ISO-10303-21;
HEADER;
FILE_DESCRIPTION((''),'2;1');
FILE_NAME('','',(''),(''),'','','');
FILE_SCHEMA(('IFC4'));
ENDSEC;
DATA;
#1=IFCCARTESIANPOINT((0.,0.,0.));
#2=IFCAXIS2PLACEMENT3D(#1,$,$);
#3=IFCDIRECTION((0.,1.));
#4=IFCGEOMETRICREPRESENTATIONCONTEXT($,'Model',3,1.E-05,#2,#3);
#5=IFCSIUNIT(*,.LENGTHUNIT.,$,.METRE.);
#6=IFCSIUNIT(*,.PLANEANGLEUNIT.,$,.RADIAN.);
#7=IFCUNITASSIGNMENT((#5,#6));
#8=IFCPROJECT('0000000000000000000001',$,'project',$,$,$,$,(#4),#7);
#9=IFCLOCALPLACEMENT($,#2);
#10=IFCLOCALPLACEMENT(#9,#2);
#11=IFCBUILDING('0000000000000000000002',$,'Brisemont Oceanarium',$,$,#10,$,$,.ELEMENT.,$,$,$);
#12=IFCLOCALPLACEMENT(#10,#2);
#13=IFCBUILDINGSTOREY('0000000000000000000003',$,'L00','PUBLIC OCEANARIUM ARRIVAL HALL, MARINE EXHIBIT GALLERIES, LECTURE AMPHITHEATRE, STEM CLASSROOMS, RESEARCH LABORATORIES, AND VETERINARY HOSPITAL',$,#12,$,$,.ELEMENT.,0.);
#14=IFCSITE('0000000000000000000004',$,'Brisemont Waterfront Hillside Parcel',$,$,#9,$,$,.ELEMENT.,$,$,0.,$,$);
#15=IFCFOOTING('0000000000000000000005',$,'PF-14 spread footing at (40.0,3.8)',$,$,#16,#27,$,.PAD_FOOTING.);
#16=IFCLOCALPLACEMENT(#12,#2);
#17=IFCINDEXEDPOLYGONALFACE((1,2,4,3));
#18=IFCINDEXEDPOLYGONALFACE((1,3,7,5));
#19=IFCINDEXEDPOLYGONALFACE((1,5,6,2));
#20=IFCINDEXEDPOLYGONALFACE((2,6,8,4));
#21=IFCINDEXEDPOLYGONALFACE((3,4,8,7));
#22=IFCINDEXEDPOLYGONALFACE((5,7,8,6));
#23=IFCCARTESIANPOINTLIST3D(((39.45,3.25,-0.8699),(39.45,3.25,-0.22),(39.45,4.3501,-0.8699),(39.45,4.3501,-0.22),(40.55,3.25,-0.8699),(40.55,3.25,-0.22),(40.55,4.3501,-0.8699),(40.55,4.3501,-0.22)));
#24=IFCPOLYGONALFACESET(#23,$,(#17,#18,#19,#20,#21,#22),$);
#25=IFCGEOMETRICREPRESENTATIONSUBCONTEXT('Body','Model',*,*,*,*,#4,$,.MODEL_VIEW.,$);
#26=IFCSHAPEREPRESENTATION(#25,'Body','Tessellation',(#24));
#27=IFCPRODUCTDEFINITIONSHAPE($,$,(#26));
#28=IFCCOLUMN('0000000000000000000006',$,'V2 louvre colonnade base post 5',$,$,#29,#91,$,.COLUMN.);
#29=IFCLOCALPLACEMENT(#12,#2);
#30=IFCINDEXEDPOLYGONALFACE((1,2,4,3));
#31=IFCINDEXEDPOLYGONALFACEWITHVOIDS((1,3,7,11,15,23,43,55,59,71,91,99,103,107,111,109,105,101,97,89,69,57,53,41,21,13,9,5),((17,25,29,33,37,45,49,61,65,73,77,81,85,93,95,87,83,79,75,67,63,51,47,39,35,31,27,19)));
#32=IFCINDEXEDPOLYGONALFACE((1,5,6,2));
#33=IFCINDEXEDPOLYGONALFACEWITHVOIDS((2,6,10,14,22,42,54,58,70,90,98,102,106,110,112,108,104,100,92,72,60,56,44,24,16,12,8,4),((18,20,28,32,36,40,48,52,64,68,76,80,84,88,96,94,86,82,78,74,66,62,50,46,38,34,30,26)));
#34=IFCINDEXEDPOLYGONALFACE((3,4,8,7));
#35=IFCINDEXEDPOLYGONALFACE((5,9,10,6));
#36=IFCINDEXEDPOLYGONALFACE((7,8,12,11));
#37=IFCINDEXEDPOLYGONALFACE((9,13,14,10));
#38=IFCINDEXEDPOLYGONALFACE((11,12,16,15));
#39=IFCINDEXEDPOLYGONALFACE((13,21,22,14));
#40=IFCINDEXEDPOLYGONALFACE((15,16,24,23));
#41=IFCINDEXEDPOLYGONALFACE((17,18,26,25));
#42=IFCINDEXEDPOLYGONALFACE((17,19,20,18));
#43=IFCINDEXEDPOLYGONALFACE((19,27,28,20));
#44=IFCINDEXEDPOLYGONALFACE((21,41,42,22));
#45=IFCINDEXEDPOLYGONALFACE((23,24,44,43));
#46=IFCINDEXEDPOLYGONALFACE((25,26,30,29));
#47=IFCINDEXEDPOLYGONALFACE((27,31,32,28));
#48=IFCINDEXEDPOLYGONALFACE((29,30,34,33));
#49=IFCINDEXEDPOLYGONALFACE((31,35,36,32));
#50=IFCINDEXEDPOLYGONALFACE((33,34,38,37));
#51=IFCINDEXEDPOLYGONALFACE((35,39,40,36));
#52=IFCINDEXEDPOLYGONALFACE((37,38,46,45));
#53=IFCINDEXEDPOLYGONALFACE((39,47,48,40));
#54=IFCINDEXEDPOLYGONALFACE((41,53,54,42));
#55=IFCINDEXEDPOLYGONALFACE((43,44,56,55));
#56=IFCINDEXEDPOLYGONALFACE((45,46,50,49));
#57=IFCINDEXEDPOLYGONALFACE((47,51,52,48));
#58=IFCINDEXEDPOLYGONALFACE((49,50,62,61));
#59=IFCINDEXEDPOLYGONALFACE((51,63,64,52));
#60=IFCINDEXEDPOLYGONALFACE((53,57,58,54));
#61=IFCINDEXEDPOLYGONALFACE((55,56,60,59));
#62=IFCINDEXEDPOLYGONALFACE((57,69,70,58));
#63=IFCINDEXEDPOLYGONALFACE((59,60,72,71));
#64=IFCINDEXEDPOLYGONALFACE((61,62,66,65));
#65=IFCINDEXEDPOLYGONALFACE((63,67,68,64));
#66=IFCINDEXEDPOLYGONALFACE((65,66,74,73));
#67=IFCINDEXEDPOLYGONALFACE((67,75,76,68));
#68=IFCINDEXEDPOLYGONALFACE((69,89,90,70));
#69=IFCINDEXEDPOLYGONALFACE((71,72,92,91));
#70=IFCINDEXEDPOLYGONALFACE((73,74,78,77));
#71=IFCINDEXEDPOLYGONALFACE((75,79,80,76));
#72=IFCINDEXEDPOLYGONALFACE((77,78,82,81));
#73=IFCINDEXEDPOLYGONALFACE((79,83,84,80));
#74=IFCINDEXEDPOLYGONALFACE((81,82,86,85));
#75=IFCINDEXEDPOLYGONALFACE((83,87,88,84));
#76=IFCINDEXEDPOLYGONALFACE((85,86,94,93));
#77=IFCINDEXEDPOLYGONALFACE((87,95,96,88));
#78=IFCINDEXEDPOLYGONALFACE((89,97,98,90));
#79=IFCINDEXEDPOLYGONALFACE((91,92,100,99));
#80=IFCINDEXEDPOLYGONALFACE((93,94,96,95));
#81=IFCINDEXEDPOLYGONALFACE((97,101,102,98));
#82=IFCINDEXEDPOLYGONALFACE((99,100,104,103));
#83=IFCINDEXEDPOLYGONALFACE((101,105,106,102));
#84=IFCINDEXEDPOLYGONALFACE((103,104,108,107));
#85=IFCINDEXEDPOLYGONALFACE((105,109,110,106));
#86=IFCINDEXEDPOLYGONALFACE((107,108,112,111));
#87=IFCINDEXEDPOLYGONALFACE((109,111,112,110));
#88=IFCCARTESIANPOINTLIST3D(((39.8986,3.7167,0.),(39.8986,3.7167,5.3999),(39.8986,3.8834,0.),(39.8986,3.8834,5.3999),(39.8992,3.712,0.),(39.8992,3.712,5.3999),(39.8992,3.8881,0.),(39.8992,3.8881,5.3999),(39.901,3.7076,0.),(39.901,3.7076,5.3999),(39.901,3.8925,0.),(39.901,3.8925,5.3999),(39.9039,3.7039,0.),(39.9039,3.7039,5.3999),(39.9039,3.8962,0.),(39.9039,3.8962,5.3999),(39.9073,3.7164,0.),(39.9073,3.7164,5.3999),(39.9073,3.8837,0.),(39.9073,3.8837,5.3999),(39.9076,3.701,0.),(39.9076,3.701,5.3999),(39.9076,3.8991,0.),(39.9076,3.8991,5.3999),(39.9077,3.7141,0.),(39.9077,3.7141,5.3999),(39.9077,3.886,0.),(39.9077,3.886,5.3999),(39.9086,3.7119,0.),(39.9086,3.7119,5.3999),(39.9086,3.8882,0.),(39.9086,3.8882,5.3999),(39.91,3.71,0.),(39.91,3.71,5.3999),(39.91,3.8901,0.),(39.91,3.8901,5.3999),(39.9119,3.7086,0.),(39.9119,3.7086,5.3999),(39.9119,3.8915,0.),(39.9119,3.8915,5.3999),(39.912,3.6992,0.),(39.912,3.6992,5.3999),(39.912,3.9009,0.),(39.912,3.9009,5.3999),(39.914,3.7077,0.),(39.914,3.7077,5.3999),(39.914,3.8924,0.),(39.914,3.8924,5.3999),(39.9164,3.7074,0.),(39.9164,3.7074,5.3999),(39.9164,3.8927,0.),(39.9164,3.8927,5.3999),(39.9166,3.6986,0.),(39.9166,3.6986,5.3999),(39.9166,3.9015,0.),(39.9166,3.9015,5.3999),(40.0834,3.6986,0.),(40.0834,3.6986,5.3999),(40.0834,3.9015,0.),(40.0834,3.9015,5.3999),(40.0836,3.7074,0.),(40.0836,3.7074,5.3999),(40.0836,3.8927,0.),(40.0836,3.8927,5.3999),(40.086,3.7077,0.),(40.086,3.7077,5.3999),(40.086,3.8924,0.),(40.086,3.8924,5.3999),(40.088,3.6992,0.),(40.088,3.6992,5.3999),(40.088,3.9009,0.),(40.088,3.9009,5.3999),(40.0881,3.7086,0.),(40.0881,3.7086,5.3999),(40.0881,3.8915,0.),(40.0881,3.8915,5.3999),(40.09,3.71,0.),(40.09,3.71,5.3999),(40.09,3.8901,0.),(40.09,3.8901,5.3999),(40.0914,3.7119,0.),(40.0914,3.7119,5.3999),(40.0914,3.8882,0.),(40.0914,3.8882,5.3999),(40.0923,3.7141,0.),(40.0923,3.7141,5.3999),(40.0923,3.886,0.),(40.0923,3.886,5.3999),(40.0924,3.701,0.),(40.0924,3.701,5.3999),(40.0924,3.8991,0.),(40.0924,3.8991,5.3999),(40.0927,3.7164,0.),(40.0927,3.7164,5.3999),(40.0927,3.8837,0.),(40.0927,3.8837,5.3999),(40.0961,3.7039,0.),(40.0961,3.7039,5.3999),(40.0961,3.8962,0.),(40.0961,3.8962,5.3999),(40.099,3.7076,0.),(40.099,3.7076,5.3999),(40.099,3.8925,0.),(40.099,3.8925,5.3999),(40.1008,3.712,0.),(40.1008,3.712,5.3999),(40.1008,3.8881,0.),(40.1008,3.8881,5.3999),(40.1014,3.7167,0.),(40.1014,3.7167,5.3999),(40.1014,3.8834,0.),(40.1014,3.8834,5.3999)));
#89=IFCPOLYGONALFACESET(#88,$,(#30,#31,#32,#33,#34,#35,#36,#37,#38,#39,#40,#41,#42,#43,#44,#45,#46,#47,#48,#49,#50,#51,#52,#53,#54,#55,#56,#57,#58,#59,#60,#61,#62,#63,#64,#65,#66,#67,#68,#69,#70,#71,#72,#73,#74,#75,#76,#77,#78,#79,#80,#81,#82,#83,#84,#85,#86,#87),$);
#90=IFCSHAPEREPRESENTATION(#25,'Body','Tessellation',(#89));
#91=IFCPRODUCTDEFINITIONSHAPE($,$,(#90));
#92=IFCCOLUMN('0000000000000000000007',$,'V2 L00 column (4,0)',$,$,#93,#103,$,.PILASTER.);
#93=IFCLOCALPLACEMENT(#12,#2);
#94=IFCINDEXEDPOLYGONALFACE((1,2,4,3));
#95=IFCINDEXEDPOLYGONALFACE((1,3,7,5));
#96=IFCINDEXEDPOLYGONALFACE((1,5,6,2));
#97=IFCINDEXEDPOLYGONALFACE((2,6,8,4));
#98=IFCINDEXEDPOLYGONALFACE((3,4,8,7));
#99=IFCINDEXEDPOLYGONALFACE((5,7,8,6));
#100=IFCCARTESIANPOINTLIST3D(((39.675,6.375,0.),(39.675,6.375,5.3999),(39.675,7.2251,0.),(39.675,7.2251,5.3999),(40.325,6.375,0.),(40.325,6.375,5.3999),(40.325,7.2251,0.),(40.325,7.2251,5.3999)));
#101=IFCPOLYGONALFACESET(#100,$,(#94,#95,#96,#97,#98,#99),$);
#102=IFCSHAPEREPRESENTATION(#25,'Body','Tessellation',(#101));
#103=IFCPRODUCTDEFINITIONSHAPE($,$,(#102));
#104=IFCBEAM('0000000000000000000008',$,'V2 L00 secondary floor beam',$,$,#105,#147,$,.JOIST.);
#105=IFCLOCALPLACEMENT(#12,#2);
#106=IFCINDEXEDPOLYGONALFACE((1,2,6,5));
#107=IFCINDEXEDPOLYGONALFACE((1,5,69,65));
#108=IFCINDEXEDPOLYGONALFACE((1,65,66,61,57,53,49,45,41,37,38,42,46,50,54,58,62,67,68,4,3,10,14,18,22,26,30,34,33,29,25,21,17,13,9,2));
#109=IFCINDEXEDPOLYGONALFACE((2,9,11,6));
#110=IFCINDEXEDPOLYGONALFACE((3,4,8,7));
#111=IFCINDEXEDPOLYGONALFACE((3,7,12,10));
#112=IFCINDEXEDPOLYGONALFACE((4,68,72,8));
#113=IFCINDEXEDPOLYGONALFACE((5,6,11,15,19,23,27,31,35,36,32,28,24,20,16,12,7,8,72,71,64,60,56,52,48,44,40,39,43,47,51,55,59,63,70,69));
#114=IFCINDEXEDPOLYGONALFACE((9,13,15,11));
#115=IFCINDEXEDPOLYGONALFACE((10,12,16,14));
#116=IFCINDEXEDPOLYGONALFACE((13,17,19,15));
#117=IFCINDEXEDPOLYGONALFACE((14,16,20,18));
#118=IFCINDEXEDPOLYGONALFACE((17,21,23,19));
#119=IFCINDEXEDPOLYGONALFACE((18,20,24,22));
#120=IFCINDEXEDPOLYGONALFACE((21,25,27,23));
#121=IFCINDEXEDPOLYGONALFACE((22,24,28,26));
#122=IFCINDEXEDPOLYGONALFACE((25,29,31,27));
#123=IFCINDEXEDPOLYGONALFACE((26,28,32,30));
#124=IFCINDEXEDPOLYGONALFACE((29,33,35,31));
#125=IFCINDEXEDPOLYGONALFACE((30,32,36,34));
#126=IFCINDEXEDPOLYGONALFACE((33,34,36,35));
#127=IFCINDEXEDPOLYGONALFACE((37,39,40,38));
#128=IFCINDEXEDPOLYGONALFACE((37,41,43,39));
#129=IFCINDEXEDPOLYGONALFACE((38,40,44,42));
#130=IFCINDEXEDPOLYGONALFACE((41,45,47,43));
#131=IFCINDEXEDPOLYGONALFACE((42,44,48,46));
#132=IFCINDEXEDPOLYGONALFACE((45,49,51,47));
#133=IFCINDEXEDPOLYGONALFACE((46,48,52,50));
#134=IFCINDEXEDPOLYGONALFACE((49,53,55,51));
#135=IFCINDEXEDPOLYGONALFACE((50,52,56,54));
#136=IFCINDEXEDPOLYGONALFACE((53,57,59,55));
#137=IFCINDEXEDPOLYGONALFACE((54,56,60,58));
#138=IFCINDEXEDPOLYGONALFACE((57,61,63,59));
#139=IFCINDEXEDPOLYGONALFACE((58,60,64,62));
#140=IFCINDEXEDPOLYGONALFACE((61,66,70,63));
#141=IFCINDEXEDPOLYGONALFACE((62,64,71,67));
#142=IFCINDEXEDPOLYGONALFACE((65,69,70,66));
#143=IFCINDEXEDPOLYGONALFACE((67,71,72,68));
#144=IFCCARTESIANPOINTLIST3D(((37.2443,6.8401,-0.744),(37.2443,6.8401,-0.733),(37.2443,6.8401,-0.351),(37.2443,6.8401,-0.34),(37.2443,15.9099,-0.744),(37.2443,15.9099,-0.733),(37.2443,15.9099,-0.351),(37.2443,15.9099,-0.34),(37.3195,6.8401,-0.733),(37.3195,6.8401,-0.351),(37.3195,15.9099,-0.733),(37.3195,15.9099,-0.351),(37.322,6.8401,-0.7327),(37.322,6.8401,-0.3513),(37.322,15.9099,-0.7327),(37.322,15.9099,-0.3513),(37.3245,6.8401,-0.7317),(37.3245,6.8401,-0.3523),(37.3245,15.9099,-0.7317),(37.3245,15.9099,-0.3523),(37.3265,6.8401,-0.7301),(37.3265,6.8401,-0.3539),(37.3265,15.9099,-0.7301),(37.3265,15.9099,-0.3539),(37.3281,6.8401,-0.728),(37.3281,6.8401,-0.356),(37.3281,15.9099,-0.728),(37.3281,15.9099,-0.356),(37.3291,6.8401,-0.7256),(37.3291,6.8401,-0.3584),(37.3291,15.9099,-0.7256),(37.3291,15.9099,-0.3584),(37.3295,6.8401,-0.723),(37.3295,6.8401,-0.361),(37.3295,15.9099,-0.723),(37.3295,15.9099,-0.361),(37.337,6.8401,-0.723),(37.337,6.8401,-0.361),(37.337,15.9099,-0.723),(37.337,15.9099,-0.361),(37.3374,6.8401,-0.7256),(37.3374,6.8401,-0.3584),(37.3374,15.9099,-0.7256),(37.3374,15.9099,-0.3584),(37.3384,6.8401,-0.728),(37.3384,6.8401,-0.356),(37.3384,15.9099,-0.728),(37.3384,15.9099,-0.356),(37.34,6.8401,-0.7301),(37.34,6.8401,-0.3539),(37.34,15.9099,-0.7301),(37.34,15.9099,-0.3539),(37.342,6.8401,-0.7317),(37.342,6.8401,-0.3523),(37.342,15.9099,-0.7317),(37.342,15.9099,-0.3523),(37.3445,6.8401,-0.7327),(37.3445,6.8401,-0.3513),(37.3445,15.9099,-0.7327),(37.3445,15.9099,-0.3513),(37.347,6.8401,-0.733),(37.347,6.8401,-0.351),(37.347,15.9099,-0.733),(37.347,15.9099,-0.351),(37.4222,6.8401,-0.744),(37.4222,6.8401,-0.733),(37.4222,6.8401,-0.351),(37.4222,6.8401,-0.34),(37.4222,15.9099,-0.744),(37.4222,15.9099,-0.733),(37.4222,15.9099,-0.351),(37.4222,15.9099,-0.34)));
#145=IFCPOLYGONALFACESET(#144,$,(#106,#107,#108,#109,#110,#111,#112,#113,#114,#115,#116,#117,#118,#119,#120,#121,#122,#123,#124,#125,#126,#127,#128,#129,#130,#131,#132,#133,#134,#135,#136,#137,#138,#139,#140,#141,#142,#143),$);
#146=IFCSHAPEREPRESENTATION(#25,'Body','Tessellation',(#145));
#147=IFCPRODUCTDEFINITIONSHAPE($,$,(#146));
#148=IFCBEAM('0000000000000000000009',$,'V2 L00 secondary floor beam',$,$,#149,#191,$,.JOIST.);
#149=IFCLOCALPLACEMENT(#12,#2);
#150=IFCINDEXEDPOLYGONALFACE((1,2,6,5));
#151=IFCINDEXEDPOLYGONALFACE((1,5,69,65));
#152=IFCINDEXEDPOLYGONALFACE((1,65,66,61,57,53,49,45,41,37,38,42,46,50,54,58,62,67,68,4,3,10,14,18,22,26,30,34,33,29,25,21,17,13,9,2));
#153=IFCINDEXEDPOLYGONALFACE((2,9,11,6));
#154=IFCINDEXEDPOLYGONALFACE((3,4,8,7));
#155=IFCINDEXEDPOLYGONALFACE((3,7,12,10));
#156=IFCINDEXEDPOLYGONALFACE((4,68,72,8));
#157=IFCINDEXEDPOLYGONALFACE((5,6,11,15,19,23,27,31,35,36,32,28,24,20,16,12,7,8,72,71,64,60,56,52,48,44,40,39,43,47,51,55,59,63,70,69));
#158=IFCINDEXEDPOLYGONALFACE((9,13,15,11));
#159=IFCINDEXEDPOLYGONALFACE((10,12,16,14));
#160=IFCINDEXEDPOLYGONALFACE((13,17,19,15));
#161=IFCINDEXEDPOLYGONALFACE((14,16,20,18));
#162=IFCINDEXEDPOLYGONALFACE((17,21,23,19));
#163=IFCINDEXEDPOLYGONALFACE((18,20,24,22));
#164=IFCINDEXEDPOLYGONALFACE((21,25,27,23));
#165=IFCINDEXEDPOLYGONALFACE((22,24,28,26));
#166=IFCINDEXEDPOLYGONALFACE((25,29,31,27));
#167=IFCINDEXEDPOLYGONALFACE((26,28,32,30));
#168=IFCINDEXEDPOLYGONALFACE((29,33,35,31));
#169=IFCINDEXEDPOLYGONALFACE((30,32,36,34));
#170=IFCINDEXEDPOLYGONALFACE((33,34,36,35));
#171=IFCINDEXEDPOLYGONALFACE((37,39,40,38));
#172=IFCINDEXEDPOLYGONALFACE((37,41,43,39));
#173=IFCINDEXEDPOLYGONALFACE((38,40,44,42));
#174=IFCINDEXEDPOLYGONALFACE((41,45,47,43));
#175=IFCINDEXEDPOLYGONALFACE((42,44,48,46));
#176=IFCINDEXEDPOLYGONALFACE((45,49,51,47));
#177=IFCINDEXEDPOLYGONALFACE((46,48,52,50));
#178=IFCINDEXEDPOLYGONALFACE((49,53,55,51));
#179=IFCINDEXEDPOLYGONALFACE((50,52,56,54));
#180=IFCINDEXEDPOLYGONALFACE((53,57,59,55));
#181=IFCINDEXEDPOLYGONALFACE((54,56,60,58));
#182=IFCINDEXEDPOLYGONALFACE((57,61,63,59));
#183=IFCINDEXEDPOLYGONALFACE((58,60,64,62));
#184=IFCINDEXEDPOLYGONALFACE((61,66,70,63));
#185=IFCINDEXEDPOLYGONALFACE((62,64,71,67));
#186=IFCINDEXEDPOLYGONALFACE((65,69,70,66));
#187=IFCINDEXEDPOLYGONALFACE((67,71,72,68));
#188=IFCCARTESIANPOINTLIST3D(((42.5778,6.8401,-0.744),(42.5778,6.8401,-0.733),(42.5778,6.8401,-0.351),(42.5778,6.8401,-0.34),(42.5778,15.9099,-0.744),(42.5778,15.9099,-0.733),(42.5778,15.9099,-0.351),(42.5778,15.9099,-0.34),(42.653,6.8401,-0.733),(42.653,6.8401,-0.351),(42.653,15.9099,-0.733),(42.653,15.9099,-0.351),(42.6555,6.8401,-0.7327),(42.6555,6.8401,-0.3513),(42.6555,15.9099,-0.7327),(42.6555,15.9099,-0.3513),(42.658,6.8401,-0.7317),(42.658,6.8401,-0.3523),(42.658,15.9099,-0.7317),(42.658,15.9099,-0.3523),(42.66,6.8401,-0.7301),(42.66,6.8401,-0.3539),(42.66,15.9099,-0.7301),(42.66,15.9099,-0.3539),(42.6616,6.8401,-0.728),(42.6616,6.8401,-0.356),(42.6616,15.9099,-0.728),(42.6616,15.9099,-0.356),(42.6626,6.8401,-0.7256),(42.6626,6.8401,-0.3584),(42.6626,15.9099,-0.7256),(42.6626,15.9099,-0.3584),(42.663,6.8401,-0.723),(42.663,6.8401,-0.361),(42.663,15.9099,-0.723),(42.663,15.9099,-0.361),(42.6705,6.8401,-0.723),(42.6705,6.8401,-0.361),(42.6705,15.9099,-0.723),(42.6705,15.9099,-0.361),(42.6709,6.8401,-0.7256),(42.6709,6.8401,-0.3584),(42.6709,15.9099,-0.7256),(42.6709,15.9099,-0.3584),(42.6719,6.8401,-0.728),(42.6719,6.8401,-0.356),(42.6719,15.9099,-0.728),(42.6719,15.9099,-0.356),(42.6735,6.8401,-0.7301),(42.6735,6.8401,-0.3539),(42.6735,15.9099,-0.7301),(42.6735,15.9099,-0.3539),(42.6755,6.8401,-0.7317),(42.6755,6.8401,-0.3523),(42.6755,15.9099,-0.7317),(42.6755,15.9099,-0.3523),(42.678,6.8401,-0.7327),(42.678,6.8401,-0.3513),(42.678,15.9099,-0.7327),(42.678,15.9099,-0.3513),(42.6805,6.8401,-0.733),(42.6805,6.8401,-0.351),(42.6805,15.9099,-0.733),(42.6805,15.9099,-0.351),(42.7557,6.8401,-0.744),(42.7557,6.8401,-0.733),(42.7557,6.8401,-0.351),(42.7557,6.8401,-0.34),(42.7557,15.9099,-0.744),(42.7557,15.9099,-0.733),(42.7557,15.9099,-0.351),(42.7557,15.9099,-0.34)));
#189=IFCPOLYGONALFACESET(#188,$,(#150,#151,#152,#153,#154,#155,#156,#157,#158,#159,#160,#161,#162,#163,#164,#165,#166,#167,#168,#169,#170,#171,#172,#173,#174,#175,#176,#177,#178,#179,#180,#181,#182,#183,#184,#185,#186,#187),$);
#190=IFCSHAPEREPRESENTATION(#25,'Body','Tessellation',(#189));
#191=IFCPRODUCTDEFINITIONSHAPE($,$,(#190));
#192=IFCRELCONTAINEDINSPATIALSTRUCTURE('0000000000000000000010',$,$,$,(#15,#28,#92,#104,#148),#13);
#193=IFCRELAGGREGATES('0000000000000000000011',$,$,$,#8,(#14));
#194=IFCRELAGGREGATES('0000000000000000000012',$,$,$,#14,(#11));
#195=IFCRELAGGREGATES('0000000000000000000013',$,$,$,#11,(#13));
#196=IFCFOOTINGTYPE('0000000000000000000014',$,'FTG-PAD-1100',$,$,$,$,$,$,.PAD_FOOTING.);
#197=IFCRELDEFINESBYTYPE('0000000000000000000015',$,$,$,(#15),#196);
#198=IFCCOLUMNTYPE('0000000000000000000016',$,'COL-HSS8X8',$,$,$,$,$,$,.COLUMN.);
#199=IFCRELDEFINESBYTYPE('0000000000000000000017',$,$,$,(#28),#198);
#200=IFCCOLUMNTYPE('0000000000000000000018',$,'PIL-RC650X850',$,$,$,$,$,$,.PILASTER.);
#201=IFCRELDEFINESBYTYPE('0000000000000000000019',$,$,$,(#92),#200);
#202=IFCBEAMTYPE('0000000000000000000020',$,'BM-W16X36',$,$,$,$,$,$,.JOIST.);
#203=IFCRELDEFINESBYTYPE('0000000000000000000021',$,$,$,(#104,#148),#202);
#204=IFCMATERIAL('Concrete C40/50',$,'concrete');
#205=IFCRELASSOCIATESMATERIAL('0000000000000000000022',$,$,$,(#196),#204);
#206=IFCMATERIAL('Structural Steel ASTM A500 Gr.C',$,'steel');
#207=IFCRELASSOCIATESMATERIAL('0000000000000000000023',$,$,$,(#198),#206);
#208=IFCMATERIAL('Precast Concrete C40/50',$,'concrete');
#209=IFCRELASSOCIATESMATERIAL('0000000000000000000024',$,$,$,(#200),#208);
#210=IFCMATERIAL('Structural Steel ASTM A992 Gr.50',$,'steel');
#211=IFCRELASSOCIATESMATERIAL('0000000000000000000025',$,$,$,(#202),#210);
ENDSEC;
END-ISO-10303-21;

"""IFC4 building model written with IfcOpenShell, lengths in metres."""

from ifc_helpers import new_model, si_unit, direction, frame, origin, origin_2d, place, context, subcontext, project, spatial, rectangle, hollow_rectangle, i_section, extrude, material, material_profile, profile_set, type_object, element, save


model = new_model("IFC4")

# Units and contexts
model_context = context("Model", 3, precision=1e-05, world=origin(), true_north=direction((0.0, 1.0)))
body_context = subcontext(model_context, "Body", "Model", "MODEL_VIEW")
ifc_project = project(units=[si_unit("LENGTHUNIT", "METRE"), si_unit("PLANEANGLEUNIT", "RADIAN")], contexts=[model_context])

# Site, building, storey
site_placement = place(None, origin())
site = spatial("IfcSite", under=ifc_project, at=site_placement, Name="Brisemont Waterfront Hillside Parcel", CompositionType="ELEMENT", RefElevation=0.0)
building_placement = place(site_placement, origin())
building = spatial("IfcBuilding", under=site, at=building_placement, Name="Brisemont Oceanarium", CompositionType="ELEMENT")
storey_placement = place(building_placement, origin())
storey = spatial("IfcBuildingStorey", under=building, at=storey_placement, Name="L00", Description="PUBLIC OCEANARIUM ARRIVAL HALL, MARINE EXHIBIT GALLERIES, LECTURE AMPHITHEATRE, STEM CLASSROOMS, RESEARCH LABORATORIES, AND VETERINARY HOSPITAL", CompositionType="ELEMENT", Elevation=0.0)

# Footing
ifc_material_1 = material(Name="Concrete C40/50", Category="concrete")
footing_type = type_object("IfcFootingType", Name="FTG-PAD-1100", PredefinedType="PAD_FOOTING", material=ifc_material_1)
footing_placement = place(storey_placement, frame((40.0, 3.8, -0.8699), z_axis=(0.0, 0.0, 1.0), x_axis=(1.0, 0.0, 0.0)))
element("IfcFooting", 1, at=footing_placement, inside=storey, type_object=footing_type, Name="PF-14 spread footing at (40.0,3.8)", PredefinedType="PAD_FOOTING", context=body_context, shape_type="SweptSolid", body=[
    extrude(rectangle(XDim=1.1001, YDim=1.1001, at=origin_2d()), origin(), (0.0, 0.0, 1.0), 0.6499),
])

# Columns
ifc_material_2 = material(Name="Structural Steel ASTM A500 Gr.C", Category="steel")
ifc_material_profile_1 = material_profile(ifc_material_2, hollow_rectangle(XDim=0.2029, YDim=0.2029, WallThickness=0.0088, InnerFilletRadius=0.009, OuterFilletRadius=0.0181, at=origin_2d()), Name="HSS8X8X3/8")
ifc_profile_set_1 = profile_set([ifc_material_profile_1], Name="Structural Steel ASTM A500 Gr.C")
column_type_1 = type_object("IfcColumnType", Name="COL-HSS8X8", PredefinedType="COLUMN", material=ifc_profile_set_1)
column_1_placement = place(storey_placement, frame((40.0, 3.8, 0.0), z_axis=(0.0, 0.0, 1.0), x_axis=(1.0, 0.0, 0.0)))
element("IfcColumn", 2, at=column_1_placement, inside=storey, type_object=column_type_1, Name="V2 louvre colonnade base post 5", PredefinedType="COLUMN", context=body_context, shape_type="SweptSolid", body=[
    extrude(hollow_rectangle(XDim=0.2029, YDim=0.2029, WallThickness=0.0088, InnerFilletRadius=0.009, OuterFilletRadius=0.0181, at=origin_2d()), origin(), (0.0, 0.0, 1.0), 5.3999),
])
ifc_material_3 = material(Name="Precast Concrete C40/50", Category="concrete")
ifc_material_profile_2 = material_profile(ifc_material_3, rectangle(XDim=0.6499, YDim=0.8501, at=origin_2d()), Name="RC-PIL-650X850")
ifc_profile_set_2 = profile_set([ifc_material_profile_2], Name="Precast Concrete C40/50")
column_type_2 = type_object("IfcColumnType", Name="PIL-RC650X850", PredefinedType="PILASTER", material=ifc_profile_set_2)
column_2_placement = place(storey_placement, frame((40.0, 6.8, 0.0), z_axis=(0.0, 0.0, 1.0), x_axis=(1.0, 0.0, 0.0)))
element("IfcColumn", 3, at=column_2_placement, inside=storey, type_object=column_type_2, Name="V2 L00 column (4,0)", PredefinedType="PILASTER", context=body_context, shape_type="SweptSolid", body=[
    extrude(rectangle(XDim=0.6499, YDim=0.8501, at=origin_2d()), origin(), (0.0, 0.0, 1.0), 5.3999),
])

# Beams
ifc_material_4 = material(Name="Structural Steel ASTM A992 Gr.50", Category="steel")
ifc_material_profile_3 = material_profile(ifc_material_4, i_section(OverallWidth=0.178, OverallDepth=0.4041, WebThickness=0.0076, FlangeThickness=0.011, FilletRadius=0.01, at=origin_2d()), Name="W16X36")
ifc_profile_set_3 = profile_set([ifc_material_profile_3], Name="Structural Steel ASTM A992 Gr.50")
beam_type_1 = type_object("IfcBeamType", Name="BM-W16X36", PredefinedType="JOIST", material=ifc_profile_set_3)
for number, where, z_axis, x_axis, name in (
    (4, (37.3333, 6.8401, -0.542), (0.0, 1.0, 0.0), (-1.0, 0.0, 0.0), "V2 L00 secondary floor beam"),
    (5, (42.6667, 6.8401, -0.542), (0.0, 1.0, 0.0), (-1.0, 0.0, 0.0), "V2 L00 secondary floor beam"),
):
    element("IfcBeam", number, at=place(storey_placement, frame(where, z_axis=z_axis, x_axis=x_axis)), inside=storey, type_object=beam_type_1, Name=name, PredefinedType="JOIST", context=body_context, shape_type="SweptSolid", body=[
        extrude(i_section(OverallWidth=0.178, OverallDepth=0.4041, WebThickness=0.0076, FlangeThickness=0.011, FilletRadius=0.01, at=origin_2d()), origin(), (0.0, 0.0, 1.0), 9.0698),
    ])

save(model, "model.ifc")
